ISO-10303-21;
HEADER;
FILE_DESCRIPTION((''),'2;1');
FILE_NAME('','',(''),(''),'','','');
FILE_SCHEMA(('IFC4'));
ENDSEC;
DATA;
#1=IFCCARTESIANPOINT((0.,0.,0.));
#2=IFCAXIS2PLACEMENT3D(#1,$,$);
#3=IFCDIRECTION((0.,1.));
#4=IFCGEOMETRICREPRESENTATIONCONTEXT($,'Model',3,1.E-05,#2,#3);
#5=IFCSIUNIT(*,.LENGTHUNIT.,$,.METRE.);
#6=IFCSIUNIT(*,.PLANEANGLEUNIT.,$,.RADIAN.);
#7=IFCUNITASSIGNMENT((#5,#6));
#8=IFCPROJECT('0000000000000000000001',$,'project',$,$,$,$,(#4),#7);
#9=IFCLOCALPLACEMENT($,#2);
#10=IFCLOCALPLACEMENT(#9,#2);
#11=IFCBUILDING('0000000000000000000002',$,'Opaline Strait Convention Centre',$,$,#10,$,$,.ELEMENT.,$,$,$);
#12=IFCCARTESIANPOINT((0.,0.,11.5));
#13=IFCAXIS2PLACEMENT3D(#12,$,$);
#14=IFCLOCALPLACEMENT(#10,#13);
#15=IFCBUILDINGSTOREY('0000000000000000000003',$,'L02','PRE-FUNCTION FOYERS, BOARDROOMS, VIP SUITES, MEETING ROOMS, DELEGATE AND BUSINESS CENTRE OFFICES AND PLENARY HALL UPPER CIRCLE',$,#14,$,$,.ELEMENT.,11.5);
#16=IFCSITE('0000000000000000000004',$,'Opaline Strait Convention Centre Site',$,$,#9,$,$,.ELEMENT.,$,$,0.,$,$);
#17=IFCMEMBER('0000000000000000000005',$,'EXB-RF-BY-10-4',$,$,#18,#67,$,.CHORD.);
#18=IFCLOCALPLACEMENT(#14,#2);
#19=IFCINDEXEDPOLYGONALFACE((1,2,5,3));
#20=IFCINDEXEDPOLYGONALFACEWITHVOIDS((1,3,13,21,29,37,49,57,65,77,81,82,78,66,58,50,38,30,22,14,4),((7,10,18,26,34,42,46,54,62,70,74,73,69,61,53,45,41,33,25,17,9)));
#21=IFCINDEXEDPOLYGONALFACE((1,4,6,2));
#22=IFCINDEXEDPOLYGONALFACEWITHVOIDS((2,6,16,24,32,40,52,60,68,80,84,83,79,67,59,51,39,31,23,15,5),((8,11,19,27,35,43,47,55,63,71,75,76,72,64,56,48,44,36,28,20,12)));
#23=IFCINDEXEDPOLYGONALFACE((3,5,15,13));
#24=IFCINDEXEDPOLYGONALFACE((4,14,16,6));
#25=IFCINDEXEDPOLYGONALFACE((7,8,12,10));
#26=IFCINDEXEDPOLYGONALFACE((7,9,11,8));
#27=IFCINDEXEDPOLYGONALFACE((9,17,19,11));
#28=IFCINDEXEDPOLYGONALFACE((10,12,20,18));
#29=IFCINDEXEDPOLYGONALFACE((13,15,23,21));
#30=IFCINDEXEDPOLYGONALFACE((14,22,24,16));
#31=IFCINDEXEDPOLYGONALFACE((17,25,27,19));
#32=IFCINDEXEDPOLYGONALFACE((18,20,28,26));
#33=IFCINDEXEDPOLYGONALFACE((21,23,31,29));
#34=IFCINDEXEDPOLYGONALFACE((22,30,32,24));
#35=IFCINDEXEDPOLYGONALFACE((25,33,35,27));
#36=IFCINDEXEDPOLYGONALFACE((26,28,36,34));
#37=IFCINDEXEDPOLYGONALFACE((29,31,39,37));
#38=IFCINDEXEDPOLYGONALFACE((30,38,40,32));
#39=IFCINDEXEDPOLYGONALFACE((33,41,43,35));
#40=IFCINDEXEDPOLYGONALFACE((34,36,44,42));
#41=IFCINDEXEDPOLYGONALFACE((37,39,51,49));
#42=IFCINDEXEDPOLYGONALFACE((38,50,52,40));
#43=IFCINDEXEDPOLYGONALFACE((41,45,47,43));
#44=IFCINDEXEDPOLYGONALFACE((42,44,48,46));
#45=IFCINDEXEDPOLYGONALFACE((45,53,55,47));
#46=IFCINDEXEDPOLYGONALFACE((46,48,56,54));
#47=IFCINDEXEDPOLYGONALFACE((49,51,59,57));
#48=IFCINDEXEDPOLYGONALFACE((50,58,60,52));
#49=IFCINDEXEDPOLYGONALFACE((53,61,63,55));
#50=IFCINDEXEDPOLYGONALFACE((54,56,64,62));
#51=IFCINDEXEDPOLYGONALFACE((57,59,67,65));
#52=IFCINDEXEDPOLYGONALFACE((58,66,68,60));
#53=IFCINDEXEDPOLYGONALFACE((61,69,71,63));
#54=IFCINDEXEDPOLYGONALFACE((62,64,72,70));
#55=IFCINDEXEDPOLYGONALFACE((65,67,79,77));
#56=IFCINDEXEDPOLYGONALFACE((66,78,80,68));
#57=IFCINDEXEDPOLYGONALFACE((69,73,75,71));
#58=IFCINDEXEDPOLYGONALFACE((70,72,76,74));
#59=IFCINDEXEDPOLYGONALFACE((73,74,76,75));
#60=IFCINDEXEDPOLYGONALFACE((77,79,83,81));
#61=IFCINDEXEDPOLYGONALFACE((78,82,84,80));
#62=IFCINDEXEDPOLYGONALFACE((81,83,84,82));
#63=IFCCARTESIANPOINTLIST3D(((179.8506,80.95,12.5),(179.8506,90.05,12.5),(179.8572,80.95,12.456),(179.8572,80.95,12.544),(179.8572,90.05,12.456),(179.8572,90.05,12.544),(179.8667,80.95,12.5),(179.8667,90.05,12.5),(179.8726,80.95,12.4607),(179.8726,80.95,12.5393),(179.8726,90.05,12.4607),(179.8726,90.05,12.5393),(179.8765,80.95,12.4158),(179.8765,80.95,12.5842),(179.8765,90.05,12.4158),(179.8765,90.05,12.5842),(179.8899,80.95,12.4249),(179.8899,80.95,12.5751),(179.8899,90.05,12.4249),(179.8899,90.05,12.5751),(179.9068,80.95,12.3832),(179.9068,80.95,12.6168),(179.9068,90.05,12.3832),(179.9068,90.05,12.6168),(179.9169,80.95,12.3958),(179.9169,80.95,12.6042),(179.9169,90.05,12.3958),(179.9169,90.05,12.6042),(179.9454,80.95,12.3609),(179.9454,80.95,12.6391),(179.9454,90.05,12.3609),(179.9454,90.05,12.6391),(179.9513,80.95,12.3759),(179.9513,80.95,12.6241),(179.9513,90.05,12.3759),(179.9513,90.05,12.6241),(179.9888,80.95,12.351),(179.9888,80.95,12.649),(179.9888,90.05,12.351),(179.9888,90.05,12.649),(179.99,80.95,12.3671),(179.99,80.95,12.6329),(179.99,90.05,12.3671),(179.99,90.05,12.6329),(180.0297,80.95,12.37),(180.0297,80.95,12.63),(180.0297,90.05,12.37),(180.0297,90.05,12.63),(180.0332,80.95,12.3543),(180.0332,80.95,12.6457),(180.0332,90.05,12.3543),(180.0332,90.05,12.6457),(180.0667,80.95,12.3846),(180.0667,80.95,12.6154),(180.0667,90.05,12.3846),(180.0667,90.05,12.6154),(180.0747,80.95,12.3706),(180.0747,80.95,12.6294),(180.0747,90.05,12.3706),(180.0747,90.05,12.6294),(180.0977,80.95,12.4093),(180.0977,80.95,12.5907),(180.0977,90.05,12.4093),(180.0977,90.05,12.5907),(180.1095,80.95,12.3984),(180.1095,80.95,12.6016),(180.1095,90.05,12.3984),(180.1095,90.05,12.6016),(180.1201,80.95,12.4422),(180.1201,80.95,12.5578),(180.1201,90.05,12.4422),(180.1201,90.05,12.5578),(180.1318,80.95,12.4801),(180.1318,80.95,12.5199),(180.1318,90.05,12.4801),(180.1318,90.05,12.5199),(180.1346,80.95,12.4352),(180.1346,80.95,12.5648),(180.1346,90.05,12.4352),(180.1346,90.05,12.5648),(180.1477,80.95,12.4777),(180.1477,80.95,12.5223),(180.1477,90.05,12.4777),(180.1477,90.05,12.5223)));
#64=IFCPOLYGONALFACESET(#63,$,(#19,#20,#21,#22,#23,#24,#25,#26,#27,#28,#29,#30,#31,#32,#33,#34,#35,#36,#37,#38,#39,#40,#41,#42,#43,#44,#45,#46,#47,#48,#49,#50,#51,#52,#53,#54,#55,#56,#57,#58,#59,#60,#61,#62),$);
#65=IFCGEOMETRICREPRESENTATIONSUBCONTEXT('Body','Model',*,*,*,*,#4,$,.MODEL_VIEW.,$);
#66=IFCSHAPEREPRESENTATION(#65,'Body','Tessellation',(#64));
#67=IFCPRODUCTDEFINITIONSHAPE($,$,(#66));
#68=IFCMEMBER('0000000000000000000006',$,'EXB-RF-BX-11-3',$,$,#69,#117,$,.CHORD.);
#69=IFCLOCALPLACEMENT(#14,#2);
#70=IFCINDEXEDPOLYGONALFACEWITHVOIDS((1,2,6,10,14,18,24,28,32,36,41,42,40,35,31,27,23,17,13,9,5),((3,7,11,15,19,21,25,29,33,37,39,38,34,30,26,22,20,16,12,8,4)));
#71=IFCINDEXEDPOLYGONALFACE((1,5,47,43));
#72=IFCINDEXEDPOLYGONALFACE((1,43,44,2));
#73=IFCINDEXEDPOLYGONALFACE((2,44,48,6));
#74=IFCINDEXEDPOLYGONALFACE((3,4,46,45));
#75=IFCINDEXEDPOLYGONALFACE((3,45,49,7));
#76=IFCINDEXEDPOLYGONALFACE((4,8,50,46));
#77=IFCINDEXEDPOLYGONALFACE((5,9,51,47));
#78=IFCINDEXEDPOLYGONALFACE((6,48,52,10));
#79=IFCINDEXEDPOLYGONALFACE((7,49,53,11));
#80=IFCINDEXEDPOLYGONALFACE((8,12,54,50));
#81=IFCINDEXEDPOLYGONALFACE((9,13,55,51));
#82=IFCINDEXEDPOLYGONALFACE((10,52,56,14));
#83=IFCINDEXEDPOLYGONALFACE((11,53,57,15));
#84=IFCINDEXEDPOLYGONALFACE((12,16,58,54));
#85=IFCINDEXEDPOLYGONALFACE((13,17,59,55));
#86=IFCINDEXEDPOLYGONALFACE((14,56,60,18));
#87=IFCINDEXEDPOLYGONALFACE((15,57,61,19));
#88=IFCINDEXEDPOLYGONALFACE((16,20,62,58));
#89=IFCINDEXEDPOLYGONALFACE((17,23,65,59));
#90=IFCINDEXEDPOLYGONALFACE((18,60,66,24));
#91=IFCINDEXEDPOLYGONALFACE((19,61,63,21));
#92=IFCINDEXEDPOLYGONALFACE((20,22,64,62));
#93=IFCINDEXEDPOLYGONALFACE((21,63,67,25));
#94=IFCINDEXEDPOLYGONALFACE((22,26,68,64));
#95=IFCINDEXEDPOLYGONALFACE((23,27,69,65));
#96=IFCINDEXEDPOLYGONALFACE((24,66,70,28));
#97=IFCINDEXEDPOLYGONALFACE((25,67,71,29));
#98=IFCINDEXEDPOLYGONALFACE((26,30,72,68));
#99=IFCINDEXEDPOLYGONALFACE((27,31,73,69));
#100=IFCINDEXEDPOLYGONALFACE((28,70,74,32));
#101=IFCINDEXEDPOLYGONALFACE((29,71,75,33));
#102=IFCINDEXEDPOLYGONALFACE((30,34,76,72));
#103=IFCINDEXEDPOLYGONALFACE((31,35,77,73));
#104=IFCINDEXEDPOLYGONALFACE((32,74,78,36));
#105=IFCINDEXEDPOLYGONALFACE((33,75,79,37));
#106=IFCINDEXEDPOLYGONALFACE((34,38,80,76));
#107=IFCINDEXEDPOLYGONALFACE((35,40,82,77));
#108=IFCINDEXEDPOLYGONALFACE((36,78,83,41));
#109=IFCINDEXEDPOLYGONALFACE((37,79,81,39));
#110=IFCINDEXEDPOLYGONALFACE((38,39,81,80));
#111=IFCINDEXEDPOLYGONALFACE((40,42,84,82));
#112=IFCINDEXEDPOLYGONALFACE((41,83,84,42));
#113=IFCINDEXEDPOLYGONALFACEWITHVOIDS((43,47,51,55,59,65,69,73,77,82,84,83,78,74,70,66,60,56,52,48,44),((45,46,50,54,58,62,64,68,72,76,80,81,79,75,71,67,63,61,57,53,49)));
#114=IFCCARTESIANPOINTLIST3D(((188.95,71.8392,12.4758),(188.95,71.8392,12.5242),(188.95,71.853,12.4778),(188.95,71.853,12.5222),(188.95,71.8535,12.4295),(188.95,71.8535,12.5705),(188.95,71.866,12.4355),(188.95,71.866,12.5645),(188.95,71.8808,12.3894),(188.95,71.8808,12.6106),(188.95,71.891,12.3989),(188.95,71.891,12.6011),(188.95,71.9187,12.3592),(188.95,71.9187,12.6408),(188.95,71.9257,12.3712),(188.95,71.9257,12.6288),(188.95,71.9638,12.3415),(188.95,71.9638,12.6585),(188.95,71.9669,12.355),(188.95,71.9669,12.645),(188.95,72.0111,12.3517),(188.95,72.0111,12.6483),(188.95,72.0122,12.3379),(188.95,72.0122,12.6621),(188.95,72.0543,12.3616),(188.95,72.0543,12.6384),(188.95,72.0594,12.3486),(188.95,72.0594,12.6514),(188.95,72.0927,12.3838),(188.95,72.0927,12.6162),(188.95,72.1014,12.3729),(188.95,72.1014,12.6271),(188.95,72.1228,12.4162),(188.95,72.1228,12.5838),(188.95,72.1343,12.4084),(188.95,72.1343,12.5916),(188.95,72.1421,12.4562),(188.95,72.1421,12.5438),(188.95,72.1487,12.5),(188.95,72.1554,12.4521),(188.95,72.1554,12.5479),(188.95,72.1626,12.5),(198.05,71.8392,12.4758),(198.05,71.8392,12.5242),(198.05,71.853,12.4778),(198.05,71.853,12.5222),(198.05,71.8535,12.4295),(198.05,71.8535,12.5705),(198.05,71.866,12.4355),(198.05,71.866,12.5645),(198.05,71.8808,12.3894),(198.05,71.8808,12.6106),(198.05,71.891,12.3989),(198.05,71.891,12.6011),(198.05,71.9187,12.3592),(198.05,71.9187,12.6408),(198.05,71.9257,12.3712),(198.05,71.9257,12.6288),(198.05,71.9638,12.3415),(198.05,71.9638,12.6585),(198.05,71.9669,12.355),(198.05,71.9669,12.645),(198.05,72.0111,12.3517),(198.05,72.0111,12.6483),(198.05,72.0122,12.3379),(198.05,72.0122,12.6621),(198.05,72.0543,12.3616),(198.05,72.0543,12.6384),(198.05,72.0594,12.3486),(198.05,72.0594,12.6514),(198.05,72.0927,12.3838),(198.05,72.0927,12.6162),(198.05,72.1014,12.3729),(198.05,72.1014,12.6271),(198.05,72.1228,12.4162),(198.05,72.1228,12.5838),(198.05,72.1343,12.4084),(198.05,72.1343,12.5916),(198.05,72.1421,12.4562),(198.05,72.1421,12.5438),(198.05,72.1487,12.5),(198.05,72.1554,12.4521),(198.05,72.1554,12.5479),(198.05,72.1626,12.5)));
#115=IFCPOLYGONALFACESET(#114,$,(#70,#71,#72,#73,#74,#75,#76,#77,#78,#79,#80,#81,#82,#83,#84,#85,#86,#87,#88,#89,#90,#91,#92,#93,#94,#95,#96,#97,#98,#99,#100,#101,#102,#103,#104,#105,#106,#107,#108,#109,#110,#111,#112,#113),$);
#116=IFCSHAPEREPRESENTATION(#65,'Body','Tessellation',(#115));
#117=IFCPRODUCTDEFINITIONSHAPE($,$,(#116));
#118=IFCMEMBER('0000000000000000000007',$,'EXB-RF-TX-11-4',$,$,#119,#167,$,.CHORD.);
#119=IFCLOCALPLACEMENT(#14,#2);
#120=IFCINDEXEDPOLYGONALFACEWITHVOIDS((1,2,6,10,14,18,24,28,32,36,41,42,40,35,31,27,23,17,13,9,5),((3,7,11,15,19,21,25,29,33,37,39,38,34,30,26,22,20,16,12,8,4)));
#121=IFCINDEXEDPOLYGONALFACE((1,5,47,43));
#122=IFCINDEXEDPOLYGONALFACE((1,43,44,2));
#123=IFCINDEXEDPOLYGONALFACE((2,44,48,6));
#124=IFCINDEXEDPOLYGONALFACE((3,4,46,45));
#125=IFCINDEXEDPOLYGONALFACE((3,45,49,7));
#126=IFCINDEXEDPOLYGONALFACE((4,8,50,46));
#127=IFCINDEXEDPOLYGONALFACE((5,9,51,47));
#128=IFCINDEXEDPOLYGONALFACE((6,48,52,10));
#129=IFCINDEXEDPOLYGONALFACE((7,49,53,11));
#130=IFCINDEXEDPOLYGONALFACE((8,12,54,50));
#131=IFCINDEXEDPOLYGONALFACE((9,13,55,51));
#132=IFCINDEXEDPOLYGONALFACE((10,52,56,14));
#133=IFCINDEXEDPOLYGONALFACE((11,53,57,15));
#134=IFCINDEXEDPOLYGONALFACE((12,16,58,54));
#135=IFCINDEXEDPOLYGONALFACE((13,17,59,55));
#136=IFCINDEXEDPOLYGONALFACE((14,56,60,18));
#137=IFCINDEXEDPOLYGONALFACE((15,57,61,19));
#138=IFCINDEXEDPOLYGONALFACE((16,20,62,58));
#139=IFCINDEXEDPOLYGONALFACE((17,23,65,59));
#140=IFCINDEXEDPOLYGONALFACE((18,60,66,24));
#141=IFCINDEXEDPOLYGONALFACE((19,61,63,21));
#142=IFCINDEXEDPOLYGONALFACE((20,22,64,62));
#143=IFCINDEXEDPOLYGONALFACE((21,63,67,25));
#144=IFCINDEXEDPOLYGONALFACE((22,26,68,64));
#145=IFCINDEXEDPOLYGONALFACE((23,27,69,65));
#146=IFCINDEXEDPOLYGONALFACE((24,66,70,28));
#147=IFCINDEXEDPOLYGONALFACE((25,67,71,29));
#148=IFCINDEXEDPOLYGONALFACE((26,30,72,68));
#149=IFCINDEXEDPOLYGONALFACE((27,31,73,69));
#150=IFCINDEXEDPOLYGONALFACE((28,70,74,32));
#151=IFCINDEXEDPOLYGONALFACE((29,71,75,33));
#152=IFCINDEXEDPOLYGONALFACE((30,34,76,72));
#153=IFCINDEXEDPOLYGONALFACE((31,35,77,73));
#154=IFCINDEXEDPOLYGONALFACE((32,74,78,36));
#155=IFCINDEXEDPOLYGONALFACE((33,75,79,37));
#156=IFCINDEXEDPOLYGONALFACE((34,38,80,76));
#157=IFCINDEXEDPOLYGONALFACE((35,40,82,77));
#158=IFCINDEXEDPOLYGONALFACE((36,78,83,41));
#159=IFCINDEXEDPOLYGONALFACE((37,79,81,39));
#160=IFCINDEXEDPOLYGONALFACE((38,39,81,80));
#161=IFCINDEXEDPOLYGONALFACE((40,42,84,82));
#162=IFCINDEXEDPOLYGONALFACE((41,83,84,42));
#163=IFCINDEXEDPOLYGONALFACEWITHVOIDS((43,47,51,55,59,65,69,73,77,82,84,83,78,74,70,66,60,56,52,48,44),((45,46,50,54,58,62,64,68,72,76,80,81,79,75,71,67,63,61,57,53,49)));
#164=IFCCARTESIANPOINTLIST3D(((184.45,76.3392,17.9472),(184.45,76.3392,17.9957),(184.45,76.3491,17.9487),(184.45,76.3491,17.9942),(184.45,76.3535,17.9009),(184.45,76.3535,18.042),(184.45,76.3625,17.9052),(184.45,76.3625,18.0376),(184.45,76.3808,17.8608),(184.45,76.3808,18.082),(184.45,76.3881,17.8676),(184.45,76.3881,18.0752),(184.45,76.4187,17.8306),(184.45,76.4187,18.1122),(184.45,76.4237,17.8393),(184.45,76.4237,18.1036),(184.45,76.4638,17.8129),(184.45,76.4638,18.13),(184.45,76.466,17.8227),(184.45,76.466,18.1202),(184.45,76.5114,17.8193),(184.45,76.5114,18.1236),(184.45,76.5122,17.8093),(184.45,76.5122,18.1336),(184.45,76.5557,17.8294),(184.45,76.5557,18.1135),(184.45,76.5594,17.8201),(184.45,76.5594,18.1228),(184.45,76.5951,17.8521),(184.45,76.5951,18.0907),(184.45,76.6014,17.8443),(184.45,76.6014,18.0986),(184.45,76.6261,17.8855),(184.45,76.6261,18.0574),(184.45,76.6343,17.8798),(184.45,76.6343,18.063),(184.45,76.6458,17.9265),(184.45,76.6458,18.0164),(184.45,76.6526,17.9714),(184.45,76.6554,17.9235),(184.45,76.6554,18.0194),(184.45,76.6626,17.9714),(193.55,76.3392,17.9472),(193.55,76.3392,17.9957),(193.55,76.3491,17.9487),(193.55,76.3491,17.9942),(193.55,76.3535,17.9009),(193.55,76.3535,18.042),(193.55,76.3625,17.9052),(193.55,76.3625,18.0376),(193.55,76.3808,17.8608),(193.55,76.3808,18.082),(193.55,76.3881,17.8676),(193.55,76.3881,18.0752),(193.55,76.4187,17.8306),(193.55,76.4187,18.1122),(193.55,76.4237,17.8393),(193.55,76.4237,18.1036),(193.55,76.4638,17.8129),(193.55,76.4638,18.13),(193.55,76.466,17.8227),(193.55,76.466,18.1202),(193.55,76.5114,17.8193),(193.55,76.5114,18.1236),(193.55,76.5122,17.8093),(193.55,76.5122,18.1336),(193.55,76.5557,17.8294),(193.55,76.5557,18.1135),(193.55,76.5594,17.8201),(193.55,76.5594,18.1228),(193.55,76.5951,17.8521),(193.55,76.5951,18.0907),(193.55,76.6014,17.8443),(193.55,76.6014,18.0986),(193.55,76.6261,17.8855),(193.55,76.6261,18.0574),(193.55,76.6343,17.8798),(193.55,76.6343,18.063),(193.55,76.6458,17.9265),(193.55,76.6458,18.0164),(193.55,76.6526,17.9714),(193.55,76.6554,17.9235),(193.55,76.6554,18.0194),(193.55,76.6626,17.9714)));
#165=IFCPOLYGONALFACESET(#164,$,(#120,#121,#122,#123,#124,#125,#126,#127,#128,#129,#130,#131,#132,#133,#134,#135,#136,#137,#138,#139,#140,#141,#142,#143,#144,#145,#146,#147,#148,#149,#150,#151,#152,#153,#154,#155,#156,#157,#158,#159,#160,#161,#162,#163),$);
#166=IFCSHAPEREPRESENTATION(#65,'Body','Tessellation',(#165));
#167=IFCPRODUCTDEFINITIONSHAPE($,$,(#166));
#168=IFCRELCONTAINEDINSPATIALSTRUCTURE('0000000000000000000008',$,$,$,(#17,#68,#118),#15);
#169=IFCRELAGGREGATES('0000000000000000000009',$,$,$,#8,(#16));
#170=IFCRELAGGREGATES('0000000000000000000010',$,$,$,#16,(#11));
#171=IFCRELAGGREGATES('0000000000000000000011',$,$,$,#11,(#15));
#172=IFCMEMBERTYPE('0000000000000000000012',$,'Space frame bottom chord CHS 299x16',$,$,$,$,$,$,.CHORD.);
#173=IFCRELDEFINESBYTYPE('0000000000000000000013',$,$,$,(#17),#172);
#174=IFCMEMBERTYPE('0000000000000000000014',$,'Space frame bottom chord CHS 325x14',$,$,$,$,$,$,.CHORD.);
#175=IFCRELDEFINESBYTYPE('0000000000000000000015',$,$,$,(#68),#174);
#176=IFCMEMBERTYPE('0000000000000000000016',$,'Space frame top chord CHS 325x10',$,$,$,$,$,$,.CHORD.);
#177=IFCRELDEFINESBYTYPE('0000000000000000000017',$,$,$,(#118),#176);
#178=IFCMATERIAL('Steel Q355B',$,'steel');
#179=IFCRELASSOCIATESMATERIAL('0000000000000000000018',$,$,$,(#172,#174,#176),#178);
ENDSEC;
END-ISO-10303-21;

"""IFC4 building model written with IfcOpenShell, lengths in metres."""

from ifc_helpers import new_model, si_unit, direction, frame, origin, origin_2d, place, context, subcontext, project, spatial, hollow_circle, extrude, material, material_profile, profile_set, type_object, element, save


model = new_model("IFC4")

# Units and contexts
model_context = context("Model", 3, precision=1e-05, world=origin(), true_north=direction((0.0, 1.0)))
body_context = subcontext(model_context, "Body", "Model", "MODEL_VIEW")
ifc_project = project(units=[si_unit("LENGTHUNIT", "METRE"), si_unit("PLANEANGLEUNIT", "RADIAN")], contexts=[model_context])

# Site, building, storey
site_placement = place(None, origin())
site = spatial("IfcSite", under=ifc_project, at=site_placement, Name="Opaline Strait Convention Centre Site", CompositionType="ELEMENT", RefElevation=0.0)
building_placement = place(site_placement, origin())
building = spatial("IfcBuilding", under=site, at=building_placement, Name="Opaline Strait Convention Centre", CompositionType="ELEMENT")
storey_placement = place(building_placement, frame((0.0, 0.0, 11.5)))
storey = spatial("IfcBuildingStorey", under=building, at=storey_placement, Name="L02", Description="PRE-FUNCTION FOYERS, BOARDROOMS, VIP SUITES, MEETING ROOMS, DELEGATE AND BUSINESS CENTRE OFFICES AND PLENARY HALL UPPER CIRCLE", CompositionType="ELEMENT", Elevation=11.5)

# Members
ifc_material_1 = material(Name="Steel Q355B", Category="steel")
ifc_material_profile_1 = material_profile(ifc_material_1, hollow_circle(Radius=0.1494, WallThickness=0.0161, at=origin_2d()), Name="CHS 299x16")
ifc_profile_set_1 = profile_set([ifc_material_profile_1], Name="Steel Q355B")
member_type_1 = type_object("IfcMemberType", Name="Space frame bottom chord CHS 299x16", PredefinedType="CHORD", material=ifc_profile_set_1)
for number, where, z_axis, x_axis, name in (
    (1, (180.0, 80.95, 12.5), (0.0, 1.0, 0.0), (-1.0, 0.0, 0.0), "EXB-RF-BY-10-4"),
):
    element("IfcMember", number, at=place(storey_placement, frame(where, z_axis=z_axis, x_axis=x_axis)), inside=storey, type_object=member_type_1, Name=name, PredefinedType="CHORD", context=body_context, shape_type="SweptSolid", body=[
        extrude(hollow_circle(Radius=0.1494, WallThickness=0.0161, at=origin_2d()), origin(), (0.0, 0.0, 1.0), 9.1001),
    ])
ifc_material_profile_2 = material_profile(ifc_material_1, hollow_circle(Radius=0.1626, WallThickness=0.0139, at=origin_2d()), Name="CHS 325x14")
ifc_profile_set_2 = profile_set([ifc_material_profile_2], Name="Steel Q355B")
member_type_2 = type_object("IfcMemberType", Name="Space frame bottom chord CHS 325x14", PredefinedType="CHORD", material=ifc_profile_set_2)
member_placement = place(storey_placement, frame((188.95, 72.0, 12.5), z_axis=(1.0, 0.0, 0.0), x_axis=(0.0, 1.0, 0.0)))
element("IfcMember", 2, at=member_placement, inside=storey, type_object=member_type_2, Name="EXB-RF-BX-11-3", PredefinedType="CHORD", context=body_context, shape_type="SweptSolid", body=[
    extrude(hollow_circle(Radius=0.1626, WallThickness=0.0139, at=origin_2d()), origin(), (0.0, 0.0, 1.0), 9.1001),
])
ifc_material_profile_3 = material_profile(ifc_material_1, hollow_circle(Radius=0.1626, WallThickness=0.01, at=origin_2d()), Name="CHS 325x10")
ifc_profile_set_3 = profile_set([ifc_material_profile_3], Name="Steel Q355B")
member_type_3 = type_object("IfcMemberType", Name="Space frame top chord CHS 325x10", PredefinedType="CHORD", material=ifc_profile_set_3)
for number, where, z_axis, x_axis, name in (
    (3, (184.45, 76.5, 17.9714), (1.0, 0.0, 0.0), (0.0, 1.0, 0.0), "EXB-RF-TX-11-4"),
):
    element("IfcMember", number, at=place(storey_placement, frame(where, z_axis=z_axis, x_axis=x_axis)), inside=storey, type_object=member_type_3, Name=name, PredefinedType="CHORD", context=body_context, shape_type="SweptSolid", body=[
        extrude(hollow_circle(Radius=0.1626, WallThickness=0.01, at=origin_2d()), origin(), (0.0, 0.0, 1.0), 9.1001),
    ])

save(model, "model.ifc")
